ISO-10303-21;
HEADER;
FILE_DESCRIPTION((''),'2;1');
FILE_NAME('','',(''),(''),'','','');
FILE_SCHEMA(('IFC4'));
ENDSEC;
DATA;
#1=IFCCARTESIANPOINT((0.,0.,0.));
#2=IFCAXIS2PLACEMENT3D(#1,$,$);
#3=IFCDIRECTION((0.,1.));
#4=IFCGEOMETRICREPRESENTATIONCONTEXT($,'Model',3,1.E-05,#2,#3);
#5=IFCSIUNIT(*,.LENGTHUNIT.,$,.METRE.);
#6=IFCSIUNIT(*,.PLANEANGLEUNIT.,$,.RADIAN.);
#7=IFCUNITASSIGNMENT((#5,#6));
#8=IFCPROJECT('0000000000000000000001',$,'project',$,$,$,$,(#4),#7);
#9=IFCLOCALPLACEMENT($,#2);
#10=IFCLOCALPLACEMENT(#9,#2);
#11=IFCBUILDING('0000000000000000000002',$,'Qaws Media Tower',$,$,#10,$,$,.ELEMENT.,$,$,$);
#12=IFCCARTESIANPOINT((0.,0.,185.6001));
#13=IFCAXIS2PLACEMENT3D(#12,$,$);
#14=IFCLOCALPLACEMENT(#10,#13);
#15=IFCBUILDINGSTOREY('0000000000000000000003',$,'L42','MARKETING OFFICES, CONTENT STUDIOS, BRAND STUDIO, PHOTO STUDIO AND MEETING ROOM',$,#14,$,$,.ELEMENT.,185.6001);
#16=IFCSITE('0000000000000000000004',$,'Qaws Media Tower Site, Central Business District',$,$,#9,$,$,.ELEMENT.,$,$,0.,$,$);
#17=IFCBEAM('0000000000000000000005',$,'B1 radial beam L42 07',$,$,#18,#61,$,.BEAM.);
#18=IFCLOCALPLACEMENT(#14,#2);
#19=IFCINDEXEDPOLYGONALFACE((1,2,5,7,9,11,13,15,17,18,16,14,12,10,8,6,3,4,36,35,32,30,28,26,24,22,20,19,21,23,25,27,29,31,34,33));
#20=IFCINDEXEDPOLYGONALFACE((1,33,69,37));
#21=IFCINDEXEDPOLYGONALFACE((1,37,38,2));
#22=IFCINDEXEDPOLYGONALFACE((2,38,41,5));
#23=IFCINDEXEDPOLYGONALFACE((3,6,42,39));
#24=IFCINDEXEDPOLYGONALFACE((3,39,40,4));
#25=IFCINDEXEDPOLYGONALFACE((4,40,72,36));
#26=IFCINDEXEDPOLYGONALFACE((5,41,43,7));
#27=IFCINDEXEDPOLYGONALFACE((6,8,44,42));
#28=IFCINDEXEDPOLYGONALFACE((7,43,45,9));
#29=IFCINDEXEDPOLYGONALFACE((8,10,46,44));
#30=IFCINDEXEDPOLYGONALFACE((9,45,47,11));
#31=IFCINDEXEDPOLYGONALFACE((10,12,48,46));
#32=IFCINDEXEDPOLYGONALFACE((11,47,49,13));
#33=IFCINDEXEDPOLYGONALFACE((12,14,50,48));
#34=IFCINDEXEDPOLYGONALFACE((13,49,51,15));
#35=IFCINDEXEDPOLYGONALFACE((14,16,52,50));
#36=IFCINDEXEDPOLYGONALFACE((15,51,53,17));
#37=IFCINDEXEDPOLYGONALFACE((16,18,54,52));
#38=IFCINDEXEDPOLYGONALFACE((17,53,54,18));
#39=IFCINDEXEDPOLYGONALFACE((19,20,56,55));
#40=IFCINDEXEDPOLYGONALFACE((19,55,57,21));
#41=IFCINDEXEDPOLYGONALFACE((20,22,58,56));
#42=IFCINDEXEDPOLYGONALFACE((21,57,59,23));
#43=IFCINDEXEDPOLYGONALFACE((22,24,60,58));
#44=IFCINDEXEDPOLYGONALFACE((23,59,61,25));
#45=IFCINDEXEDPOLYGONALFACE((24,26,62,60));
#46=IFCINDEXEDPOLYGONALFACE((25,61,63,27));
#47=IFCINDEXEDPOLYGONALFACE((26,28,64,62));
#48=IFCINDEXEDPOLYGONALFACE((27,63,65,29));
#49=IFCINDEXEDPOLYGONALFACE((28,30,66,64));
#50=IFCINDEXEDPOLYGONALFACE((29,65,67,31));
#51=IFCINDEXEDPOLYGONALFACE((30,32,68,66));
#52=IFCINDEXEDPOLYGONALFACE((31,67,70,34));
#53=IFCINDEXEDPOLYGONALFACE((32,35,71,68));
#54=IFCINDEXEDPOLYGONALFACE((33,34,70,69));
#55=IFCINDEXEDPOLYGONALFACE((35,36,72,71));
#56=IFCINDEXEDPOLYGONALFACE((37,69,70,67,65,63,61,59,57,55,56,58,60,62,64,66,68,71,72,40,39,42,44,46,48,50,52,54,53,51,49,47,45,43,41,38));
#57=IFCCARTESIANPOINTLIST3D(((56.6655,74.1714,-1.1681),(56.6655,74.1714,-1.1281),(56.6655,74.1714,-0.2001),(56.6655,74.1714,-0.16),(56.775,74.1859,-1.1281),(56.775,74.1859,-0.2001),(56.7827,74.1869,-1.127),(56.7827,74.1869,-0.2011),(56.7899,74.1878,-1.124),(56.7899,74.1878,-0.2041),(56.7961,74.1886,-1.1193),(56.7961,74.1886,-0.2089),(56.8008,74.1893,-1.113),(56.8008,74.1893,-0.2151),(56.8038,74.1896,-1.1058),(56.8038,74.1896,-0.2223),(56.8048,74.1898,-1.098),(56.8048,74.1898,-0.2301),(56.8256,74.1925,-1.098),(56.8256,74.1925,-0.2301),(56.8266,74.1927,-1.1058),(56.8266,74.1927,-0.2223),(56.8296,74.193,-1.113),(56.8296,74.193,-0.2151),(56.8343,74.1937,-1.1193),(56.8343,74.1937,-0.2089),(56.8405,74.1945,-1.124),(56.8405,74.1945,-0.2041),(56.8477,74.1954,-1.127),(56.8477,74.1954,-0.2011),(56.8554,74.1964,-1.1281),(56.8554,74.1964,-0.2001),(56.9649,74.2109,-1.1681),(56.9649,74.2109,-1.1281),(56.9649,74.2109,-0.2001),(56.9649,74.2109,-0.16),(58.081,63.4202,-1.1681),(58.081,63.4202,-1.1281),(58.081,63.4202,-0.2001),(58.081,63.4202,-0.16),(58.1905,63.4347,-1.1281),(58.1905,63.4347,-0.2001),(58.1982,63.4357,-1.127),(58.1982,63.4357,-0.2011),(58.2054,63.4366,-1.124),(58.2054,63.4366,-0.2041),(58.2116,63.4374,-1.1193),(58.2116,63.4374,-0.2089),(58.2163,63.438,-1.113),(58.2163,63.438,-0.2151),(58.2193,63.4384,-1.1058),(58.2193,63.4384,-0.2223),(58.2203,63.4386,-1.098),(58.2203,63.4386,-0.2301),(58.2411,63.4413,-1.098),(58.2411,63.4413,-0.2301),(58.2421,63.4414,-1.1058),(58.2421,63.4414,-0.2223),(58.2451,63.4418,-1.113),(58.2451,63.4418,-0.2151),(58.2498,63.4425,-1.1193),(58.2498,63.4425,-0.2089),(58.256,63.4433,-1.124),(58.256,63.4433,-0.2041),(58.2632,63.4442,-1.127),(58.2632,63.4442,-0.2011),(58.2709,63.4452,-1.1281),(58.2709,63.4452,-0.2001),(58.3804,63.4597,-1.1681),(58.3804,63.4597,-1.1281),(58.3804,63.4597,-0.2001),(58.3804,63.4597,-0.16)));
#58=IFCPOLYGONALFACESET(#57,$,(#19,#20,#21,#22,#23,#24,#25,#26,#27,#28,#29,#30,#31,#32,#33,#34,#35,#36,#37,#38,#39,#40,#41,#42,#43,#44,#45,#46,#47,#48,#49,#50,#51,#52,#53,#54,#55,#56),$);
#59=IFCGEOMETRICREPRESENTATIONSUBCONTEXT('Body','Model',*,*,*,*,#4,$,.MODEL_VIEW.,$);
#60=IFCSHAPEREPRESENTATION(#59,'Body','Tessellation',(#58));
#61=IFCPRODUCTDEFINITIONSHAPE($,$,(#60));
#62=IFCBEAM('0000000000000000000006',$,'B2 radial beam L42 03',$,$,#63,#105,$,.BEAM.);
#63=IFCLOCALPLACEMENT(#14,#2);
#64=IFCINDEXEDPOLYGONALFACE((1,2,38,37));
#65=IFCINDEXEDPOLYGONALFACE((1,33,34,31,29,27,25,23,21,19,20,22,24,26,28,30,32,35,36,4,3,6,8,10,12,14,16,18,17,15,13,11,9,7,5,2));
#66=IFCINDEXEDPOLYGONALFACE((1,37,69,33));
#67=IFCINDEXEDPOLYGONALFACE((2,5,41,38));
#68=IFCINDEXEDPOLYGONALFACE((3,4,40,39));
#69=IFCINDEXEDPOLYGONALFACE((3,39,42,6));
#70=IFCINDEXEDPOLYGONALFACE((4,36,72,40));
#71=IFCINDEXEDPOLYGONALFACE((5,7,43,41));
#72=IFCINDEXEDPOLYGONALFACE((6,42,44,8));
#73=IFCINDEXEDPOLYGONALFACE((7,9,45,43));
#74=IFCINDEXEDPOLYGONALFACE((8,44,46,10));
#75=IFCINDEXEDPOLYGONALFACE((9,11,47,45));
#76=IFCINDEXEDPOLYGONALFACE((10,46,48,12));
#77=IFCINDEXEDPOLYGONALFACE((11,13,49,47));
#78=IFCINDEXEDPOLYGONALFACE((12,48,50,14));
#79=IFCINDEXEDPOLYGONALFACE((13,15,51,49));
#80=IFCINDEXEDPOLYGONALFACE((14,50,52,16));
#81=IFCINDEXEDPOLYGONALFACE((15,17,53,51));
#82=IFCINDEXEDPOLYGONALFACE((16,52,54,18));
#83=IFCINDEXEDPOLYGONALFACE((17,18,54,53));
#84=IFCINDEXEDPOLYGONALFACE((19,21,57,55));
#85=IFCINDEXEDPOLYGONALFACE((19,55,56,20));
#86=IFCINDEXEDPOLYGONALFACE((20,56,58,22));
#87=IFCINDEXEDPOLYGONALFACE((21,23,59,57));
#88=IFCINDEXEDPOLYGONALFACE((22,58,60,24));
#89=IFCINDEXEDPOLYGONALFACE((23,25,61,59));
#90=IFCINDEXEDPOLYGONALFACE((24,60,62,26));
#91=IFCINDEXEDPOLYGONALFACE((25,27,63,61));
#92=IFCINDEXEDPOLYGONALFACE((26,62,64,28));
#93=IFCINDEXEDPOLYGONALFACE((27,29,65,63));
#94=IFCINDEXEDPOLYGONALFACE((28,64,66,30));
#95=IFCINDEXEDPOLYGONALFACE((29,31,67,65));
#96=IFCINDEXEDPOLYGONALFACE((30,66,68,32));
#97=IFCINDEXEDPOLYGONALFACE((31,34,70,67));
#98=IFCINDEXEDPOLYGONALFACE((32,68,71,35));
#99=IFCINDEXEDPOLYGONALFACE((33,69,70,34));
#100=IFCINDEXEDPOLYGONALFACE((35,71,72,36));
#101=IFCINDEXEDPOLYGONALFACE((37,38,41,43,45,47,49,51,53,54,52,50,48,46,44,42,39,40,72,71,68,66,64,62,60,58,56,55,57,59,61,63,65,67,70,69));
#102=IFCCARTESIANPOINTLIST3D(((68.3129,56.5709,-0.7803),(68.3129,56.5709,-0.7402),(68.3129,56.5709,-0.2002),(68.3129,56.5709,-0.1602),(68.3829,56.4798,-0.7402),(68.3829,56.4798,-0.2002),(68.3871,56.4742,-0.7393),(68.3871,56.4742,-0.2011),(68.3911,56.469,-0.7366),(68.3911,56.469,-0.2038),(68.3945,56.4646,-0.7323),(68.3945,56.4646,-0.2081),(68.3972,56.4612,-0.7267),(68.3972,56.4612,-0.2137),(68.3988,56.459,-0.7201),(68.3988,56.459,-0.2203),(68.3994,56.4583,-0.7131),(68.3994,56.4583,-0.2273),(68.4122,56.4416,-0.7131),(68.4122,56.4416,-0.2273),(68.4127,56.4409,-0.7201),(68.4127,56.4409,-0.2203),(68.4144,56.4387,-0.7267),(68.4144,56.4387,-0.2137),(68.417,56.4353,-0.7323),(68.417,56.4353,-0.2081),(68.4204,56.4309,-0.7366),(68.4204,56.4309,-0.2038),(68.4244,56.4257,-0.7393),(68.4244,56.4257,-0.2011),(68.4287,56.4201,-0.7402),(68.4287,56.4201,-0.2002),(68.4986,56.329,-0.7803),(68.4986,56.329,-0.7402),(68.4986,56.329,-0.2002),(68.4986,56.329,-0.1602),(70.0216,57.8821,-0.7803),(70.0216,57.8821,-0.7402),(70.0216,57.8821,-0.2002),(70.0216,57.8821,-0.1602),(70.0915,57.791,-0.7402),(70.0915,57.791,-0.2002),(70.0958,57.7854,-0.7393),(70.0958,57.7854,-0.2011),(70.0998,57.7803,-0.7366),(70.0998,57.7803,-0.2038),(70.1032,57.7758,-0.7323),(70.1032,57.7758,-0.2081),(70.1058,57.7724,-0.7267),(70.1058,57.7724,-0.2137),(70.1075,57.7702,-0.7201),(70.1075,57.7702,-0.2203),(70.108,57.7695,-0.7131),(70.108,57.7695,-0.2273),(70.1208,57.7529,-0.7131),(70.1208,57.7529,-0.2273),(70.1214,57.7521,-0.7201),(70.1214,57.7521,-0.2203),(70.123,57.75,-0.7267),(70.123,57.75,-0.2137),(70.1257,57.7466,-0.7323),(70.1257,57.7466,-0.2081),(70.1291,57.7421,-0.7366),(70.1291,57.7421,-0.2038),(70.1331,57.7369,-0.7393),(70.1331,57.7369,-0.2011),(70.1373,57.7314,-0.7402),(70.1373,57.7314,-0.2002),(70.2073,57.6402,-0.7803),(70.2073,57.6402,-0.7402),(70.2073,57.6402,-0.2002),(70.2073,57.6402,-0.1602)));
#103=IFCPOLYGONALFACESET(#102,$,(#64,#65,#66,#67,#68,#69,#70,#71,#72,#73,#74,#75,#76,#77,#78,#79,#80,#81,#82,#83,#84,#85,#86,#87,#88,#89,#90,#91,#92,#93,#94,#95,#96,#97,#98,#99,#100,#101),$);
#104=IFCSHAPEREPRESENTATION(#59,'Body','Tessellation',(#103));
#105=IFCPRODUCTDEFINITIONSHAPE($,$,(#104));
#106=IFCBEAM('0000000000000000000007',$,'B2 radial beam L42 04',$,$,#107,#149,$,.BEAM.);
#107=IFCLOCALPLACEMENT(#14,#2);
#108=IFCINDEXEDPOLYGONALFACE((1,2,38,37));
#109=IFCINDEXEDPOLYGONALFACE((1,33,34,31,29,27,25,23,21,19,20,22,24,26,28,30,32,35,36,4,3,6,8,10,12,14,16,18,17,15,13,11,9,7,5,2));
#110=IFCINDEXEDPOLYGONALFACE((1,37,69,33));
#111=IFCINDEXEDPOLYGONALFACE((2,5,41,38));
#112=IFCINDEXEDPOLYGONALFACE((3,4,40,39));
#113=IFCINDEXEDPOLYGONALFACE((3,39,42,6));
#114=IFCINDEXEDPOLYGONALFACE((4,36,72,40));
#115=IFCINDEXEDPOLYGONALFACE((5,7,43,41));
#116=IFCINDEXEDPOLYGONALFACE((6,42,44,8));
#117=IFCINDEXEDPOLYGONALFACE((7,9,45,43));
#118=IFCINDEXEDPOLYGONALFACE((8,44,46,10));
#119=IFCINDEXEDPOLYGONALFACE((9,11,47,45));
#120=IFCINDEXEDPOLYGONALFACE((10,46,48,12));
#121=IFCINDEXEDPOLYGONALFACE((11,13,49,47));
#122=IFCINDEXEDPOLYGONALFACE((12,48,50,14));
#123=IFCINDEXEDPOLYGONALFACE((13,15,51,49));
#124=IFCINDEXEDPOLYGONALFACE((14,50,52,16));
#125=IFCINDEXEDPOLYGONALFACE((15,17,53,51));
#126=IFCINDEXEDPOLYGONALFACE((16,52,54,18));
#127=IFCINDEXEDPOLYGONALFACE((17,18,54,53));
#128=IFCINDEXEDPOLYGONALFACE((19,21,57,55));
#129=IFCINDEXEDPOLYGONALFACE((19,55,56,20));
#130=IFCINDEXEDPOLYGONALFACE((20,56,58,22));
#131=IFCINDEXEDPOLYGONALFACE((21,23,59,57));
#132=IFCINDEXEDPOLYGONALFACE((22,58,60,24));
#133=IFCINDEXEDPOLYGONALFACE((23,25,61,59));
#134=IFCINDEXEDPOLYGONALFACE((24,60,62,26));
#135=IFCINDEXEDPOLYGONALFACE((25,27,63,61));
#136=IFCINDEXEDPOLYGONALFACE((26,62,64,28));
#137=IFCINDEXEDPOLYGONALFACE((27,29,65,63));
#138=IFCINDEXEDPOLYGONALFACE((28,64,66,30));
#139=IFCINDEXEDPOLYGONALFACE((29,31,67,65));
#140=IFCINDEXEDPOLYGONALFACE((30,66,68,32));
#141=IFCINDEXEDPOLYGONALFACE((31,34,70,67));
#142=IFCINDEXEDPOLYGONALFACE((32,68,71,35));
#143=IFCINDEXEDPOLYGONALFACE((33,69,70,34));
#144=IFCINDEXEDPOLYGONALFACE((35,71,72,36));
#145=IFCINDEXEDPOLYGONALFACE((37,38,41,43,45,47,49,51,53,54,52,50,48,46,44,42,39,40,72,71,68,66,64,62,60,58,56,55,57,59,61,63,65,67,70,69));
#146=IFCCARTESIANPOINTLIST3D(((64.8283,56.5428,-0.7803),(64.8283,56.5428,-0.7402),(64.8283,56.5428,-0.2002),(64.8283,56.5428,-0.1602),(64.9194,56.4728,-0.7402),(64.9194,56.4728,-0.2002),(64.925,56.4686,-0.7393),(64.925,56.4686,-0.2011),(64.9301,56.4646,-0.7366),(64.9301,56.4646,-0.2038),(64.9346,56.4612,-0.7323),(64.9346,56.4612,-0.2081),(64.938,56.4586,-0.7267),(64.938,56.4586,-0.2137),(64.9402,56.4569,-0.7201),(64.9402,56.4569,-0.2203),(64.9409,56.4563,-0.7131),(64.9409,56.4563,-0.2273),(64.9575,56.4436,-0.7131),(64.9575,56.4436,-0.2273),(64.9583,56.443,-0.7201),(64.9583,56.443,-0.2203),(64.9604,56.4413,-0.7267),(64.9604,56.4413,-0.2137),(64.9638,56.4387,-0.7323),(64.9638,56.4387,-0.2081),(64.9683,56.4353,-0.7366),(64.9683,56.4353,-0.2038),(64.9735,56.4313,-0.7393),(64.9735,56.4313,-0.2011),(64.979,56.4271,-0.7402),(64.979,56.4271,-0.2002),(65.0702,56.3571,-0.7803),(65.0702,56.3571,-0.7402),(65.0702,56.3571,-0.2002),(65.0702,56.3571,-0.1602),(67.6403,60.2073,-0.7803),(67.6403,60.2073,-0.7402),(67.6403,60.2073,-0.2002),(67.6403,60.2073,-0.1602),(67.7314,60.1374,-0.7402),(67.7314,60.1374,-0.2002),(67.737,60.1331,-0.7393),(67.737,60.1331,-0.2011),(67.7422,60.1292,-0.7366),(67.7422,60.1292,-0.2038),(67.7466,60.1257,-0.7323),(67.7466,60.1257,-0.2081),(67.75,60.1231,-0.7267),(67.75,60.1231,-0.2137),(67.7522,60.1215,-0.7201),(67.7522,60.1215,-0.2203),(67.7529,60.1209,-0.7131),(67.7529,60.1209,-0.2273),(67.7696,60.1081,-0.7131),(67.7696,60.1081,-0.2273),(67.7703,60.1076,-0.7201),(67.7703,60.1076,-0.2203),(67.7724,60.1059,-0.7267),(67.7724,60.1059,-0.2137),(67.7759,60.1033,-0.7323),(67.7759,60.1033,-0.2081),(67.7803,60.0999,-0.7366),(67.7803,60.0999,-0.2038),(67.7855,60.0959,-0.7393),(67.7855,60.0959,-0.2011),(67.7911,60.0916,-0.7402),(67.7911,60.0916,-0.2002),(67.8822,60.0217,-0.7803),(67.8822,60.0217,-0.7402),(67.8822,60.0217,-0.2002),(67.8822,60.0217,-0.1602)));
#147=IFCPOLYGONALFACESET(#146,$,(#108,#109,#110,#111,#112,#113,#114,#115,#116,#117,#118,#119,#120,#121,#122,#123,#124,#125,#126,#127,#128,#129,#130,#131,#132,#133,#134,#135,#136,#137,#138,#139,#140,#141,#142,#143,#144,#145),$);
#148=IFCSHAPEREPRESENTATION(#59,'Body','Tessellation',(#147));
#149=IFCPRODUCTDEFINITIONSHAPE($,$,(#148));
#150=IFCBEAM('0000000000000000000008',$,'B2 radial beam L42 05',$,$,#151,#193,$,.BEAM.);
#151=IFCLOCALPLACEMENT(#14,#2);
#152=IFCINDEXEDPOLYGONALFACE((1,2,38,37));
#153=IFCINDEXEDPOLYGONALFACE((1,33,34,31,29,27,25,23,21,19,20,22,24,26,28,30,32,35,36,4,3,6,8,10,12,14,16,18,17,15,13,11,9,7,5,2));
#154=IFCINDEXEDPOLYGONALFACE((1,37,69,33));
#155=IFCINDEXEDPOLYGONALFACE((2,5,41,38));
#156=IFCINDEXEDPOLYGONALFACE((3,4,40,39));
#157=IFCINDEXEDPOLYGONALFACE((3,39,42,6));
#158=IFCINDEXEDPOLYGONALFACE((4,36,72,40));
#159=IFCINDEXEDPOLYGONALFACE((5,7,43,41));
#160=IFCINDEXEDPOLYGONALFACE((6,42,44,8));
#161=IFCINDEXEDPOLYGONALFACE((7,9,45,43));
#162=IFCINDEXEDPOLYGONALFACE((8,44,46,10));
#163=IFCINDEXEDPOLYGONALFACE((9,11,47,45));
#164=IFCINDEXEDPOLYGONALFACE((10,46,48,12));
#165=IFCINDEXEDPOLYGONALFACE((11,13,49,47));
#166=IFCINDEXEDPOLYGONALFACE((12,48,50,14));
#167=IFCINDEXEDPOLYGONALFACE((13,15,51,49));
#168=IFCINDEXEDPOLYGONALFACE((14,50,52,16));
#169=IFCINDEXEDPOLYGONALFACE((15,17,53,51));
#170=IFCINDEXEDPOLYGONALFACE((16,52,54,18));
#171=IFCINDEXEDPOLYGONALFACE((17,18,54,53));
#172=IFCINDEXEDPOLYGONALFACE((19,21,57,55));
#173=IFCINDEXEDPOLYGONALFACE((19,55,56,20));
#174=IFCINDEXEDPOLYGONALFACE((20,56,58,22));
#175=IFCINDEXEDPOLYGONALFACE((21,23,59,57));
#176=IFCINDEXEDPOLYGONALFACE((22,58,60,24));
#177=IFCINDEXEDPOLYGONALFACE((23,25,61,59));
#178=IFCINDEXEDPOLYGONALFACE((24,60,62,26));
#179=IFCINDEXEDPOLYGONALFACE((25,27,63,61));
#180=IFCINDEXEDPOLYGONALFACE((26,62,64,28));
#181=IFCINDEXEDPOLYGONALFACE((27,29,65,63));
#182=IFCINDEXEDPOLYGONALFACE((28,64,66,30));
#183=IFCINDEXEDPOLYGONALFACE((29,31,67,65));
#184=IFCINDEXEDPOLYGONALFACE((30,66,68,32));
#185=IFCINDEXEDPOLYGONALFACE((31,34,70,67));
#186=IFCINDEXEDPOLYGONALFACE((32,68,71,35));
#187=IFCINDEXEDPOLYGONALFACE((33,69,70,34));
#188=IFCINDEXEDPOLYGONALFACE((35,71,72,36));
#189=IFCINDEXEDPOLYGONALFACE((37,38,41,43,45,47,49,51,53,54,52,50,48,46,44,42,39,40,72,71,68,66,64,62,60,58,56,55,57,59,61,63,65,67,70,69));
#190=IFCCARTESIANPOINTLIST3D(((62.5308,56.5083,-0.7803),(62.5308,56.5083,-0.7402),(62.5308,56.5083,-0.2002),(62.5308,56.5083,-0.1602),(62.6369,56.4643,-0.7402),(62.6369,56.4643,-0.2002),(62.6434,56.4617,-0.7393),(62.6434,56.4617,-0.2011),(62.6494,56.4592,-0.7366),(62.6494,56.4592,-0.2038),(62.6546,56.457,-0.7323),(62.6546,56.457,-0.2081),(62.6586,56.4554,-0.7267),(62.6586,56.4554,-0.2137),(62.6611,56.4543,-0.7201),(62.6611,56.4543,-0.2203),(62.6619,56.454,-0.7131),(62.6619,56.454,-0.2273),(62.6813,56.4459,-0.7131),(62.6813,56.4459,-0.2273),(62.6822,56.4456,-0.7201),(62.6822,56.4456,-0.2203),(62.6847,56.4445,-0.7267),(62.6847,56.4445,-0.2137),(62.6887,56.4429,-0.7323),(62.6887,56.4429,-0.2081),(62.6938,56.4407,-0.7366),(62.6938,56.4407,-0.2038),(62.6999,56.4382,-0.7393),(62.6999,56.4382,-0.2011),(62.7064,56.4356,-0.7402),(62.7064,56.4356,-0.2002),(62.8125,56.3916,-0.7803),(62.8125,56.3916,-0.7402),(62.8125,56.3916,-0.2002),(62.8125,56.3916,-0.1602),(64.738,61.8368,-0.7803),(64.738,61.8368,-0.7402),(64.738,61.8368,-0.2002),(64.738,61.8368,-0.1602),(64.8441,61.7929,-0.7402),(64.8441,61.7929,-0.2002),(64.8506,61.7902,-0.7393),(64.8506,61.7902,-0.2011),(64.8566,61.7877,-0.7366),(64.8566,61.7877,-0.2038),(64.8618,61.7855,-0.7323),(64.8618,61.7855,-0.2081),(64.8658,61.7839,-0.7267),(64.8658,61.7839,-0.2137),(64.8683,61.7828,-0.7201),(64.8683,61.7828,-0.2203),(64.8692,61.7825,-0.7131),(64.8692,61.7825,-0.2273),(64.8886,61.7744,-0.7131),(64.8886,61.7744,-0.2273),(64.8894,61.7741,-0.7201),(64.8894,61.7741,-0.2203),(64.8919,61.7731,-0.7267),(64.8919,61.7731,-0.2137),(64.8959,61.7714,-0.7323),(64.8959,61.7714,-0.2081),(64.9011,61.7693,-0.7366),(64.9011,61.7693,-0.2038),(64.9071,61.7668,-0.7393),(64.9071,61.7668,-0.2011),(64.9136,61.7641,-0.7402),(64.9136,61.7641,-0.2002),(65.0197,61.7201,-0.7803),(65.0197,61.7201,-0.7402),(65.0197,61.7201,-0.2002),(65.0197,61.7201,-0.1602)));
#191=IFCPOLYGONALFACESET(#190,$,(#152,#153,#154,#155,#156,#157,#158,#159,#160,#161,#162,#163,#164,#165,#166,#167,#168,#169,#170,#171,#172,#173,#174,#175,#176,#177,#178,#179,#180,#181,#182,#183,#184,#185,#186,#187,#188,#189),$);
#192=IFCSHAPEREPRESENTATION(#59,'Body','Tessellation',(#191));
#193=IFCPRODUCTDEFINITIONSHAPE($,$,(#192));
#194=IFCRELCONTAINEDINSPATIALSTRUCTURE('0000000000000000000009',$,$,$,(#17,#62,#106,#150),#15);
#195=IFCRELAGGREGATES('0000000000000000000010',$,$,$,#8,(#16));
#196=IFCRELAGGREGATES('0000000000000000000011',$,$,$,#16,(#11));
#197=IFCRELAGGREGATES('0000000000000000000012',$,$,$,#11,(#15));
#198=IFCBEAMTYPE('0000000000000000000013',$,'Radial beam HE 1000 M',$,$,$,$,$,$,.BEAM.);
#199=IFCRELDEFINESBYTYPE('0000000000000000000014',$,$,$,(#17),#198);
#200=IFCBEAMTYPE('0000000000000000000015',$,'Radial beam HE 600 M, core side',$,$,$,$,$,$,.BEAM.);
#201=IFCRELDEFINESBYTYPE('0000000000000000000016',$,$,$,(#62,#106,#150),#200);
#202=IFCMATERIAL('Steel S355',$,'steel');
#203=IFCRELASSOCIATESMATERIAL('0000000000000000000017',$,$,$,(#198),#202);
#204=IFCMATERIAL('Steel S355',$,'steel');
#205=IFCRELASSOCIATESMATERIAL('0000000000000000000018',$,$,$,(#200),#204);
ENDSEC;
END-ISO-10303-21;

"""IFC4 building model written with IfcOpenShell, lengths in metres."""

from ifc_helpers import new_model, si_unit, direction, frame, origin, origin_2d, place, context, subcontext, project, spatial, i_section, extrude, material, material_profile, profile_set, type_object, element, save


model = new_model("IFC4")

# Units and contexts
model_context = context("Model", 3, precision=1e-05, world=origin(), true_north=direction((0.0, 1.0)))
body_context = subcontext(model_context, "Body", "Model", "MODEL_VIEW")
ifc_project = project(units=[si_unit("LENGTHUNIT", "METRE"), si_unit("PLANEANGLEUNIT", "RADIAN")], contexts=[model_context])

# Site, building, storey
site_placement = place(None, origin())
site = spatial("IfcSite", under=ifc_project, at=site_placement, Name="Qaws Media Tower Site, Central Business District", CompositionType="ELEMENT", RefElevation=0.0)
building_placement = place(site_placement, origin())
building = spatial("IfcBuilding", under=site, at=building_placement, Name="Qaws Media Tower", CompositionType="ELEMENT")
storey_placement = place(building_placement, frame((0.0, 0.0, 185.6001)))
storey = spatial("IfcBuildingStorey", under=building, at=storey_placement, Name="L42", Description="MARKETING OFFICES, CONTENT STUDIOS, BRAND STUDIO, PHOTO STUDIO AND MEETING ROOM", CompositionType="ELEMENT", Elevation=185.6001)

# Beams
ifc_material_1 = material(Name="Steel S355", Category="steel")
ifc_material_profile_1 = material_profile(ifc_material_1, i_section(OverallWidth=0.302, OverallDepth=1.0081, WebThickness=0.021, FlangeThickness=0.04, FilletRadius=0.03, at=origin_2d()), Name="HE 1000 M")
ifc_profile_set_1 = profile_set([ifc_material_profile_1], Name="Steel S355")
beam_type_1 = type_object("IfcBeamType", Name="Radial beam HE 1000 M", PredefinedType="BEAM", material=ifc_profile_set_1)
for number, where, z_axis, x_axis, name in (
    (1, (58.2307, 63.4399, -0.6641), (-0.130535, 0.991444, 0.0), (-0.991444, -0.130535, 0.0), "B1 radial beam L42 07"),
):
    element("IfcBeam", number, at=place(storey_placement, frame(where, z_axis=z_axis, x_axis=x_axis)), inside=storey, type_object=beam_type_1, Name=name, PredefinedType="BEAM", context=body_context, shape_type="SweptSolid", body=[
        extrude(i_section(OverallWidth=0.302, OverallDepth=1.0081, WebThickness=0.021, FlangeThickness=0.04, FilletRadius=0.03, at=origin_2d()), origin(), (0.0, 0.0, 1.0), 10.844),
    ])
ifc_material_2 = material(Name="Steel S355", Category="steel")
ifc_material_profile_2 = material_profile(ifc_material_2, i_section(OverallWidth=0.3049, OverallDepth=0.6201, WebThickness=0.021, FlangeThickness=0.04, FilletRadius=0.0271, at=origin_2d()), Name="HE 600 M")
ifc_profile_set_2 = profile_set([ifc_material_profile_2], Name="Steel S355")
beam_type_2 = type_object("IfcBeamType", Name="Radial beam HE 600 M, core side", PredefinedType="BEAM", material=ifc_profile_set_2)
beam_1_placement = place(storey_placement, frame((68.4058, 56.45, -0.4702), z_axis=(0.793327, 0.608796, 0.0), x_axis=(-0.608796, 0.793327, 0.0)))
element("IfcBeam", 2, at=beam_1_placement, inside=storey, type_object=beam_type_2, Name="B2 radial beam L42 03", PredefinedType="BEAM", context=body_context, shape_type="SweptSolid", body=[
    extrude(i_section(OverallWidth=0.3049, OverallDepth=0.6201, WebThickness=0.021, FlangeThickness=0.04, FilletRadius=0.0271, at=origin_2d()), origin(), (0.0, 0.0, 1.0), 2.1538),
])
beam_2_placement = place(storey_placement, frame((64.9492, 56.45, -0.4702), z_axis=(0.608775, 0.793343, 0.0), x_axis=(-0.793343, 0.608775, 0.0)))
element("IfcBeam", 3, at=beam_2_placement, inside=storey, type_object=beam_type_2, Name="B2 radial beam L42 04", PredefinedType="BEAM", context=body_context, shape_type="SweptSolid", body=[
    extrude(i_section(OverallWidth=0.3049, OverallDepth=0.6201, WebThickness=0.021, FlangeThickness=0.04, FilletRadius=0.0271, at=origin_2d()), origin(), (0.0, 0.0, 1.0), 4.6191),
])
beam_3_placement = place(storey_placement, frame((62.6716, 56.45, -0.4702), z_axis=(0.382697, 0.923874, 0.0), x_axis=(-0.923874, 0.382697, 0.0)))
element("IfcBeam", 4, at=beam_3_placement, inside=storey, type_object=beam_type_2, Name="B2 radial beam L42 05", PredefinedType="BEAM", context=body_context, shape_type="SweptSolid", body=[
    extrude(i_section(OverallWidth=0.3049, OverallDepth=0.6201, WebThickness=0.021, FlangeThickness=0.04, FilletRadius=0.0271, at=origin_2d()), origin(), (0.0, 0.0, 1.0), 5.7676),
])

save(model, "model.ifc")
